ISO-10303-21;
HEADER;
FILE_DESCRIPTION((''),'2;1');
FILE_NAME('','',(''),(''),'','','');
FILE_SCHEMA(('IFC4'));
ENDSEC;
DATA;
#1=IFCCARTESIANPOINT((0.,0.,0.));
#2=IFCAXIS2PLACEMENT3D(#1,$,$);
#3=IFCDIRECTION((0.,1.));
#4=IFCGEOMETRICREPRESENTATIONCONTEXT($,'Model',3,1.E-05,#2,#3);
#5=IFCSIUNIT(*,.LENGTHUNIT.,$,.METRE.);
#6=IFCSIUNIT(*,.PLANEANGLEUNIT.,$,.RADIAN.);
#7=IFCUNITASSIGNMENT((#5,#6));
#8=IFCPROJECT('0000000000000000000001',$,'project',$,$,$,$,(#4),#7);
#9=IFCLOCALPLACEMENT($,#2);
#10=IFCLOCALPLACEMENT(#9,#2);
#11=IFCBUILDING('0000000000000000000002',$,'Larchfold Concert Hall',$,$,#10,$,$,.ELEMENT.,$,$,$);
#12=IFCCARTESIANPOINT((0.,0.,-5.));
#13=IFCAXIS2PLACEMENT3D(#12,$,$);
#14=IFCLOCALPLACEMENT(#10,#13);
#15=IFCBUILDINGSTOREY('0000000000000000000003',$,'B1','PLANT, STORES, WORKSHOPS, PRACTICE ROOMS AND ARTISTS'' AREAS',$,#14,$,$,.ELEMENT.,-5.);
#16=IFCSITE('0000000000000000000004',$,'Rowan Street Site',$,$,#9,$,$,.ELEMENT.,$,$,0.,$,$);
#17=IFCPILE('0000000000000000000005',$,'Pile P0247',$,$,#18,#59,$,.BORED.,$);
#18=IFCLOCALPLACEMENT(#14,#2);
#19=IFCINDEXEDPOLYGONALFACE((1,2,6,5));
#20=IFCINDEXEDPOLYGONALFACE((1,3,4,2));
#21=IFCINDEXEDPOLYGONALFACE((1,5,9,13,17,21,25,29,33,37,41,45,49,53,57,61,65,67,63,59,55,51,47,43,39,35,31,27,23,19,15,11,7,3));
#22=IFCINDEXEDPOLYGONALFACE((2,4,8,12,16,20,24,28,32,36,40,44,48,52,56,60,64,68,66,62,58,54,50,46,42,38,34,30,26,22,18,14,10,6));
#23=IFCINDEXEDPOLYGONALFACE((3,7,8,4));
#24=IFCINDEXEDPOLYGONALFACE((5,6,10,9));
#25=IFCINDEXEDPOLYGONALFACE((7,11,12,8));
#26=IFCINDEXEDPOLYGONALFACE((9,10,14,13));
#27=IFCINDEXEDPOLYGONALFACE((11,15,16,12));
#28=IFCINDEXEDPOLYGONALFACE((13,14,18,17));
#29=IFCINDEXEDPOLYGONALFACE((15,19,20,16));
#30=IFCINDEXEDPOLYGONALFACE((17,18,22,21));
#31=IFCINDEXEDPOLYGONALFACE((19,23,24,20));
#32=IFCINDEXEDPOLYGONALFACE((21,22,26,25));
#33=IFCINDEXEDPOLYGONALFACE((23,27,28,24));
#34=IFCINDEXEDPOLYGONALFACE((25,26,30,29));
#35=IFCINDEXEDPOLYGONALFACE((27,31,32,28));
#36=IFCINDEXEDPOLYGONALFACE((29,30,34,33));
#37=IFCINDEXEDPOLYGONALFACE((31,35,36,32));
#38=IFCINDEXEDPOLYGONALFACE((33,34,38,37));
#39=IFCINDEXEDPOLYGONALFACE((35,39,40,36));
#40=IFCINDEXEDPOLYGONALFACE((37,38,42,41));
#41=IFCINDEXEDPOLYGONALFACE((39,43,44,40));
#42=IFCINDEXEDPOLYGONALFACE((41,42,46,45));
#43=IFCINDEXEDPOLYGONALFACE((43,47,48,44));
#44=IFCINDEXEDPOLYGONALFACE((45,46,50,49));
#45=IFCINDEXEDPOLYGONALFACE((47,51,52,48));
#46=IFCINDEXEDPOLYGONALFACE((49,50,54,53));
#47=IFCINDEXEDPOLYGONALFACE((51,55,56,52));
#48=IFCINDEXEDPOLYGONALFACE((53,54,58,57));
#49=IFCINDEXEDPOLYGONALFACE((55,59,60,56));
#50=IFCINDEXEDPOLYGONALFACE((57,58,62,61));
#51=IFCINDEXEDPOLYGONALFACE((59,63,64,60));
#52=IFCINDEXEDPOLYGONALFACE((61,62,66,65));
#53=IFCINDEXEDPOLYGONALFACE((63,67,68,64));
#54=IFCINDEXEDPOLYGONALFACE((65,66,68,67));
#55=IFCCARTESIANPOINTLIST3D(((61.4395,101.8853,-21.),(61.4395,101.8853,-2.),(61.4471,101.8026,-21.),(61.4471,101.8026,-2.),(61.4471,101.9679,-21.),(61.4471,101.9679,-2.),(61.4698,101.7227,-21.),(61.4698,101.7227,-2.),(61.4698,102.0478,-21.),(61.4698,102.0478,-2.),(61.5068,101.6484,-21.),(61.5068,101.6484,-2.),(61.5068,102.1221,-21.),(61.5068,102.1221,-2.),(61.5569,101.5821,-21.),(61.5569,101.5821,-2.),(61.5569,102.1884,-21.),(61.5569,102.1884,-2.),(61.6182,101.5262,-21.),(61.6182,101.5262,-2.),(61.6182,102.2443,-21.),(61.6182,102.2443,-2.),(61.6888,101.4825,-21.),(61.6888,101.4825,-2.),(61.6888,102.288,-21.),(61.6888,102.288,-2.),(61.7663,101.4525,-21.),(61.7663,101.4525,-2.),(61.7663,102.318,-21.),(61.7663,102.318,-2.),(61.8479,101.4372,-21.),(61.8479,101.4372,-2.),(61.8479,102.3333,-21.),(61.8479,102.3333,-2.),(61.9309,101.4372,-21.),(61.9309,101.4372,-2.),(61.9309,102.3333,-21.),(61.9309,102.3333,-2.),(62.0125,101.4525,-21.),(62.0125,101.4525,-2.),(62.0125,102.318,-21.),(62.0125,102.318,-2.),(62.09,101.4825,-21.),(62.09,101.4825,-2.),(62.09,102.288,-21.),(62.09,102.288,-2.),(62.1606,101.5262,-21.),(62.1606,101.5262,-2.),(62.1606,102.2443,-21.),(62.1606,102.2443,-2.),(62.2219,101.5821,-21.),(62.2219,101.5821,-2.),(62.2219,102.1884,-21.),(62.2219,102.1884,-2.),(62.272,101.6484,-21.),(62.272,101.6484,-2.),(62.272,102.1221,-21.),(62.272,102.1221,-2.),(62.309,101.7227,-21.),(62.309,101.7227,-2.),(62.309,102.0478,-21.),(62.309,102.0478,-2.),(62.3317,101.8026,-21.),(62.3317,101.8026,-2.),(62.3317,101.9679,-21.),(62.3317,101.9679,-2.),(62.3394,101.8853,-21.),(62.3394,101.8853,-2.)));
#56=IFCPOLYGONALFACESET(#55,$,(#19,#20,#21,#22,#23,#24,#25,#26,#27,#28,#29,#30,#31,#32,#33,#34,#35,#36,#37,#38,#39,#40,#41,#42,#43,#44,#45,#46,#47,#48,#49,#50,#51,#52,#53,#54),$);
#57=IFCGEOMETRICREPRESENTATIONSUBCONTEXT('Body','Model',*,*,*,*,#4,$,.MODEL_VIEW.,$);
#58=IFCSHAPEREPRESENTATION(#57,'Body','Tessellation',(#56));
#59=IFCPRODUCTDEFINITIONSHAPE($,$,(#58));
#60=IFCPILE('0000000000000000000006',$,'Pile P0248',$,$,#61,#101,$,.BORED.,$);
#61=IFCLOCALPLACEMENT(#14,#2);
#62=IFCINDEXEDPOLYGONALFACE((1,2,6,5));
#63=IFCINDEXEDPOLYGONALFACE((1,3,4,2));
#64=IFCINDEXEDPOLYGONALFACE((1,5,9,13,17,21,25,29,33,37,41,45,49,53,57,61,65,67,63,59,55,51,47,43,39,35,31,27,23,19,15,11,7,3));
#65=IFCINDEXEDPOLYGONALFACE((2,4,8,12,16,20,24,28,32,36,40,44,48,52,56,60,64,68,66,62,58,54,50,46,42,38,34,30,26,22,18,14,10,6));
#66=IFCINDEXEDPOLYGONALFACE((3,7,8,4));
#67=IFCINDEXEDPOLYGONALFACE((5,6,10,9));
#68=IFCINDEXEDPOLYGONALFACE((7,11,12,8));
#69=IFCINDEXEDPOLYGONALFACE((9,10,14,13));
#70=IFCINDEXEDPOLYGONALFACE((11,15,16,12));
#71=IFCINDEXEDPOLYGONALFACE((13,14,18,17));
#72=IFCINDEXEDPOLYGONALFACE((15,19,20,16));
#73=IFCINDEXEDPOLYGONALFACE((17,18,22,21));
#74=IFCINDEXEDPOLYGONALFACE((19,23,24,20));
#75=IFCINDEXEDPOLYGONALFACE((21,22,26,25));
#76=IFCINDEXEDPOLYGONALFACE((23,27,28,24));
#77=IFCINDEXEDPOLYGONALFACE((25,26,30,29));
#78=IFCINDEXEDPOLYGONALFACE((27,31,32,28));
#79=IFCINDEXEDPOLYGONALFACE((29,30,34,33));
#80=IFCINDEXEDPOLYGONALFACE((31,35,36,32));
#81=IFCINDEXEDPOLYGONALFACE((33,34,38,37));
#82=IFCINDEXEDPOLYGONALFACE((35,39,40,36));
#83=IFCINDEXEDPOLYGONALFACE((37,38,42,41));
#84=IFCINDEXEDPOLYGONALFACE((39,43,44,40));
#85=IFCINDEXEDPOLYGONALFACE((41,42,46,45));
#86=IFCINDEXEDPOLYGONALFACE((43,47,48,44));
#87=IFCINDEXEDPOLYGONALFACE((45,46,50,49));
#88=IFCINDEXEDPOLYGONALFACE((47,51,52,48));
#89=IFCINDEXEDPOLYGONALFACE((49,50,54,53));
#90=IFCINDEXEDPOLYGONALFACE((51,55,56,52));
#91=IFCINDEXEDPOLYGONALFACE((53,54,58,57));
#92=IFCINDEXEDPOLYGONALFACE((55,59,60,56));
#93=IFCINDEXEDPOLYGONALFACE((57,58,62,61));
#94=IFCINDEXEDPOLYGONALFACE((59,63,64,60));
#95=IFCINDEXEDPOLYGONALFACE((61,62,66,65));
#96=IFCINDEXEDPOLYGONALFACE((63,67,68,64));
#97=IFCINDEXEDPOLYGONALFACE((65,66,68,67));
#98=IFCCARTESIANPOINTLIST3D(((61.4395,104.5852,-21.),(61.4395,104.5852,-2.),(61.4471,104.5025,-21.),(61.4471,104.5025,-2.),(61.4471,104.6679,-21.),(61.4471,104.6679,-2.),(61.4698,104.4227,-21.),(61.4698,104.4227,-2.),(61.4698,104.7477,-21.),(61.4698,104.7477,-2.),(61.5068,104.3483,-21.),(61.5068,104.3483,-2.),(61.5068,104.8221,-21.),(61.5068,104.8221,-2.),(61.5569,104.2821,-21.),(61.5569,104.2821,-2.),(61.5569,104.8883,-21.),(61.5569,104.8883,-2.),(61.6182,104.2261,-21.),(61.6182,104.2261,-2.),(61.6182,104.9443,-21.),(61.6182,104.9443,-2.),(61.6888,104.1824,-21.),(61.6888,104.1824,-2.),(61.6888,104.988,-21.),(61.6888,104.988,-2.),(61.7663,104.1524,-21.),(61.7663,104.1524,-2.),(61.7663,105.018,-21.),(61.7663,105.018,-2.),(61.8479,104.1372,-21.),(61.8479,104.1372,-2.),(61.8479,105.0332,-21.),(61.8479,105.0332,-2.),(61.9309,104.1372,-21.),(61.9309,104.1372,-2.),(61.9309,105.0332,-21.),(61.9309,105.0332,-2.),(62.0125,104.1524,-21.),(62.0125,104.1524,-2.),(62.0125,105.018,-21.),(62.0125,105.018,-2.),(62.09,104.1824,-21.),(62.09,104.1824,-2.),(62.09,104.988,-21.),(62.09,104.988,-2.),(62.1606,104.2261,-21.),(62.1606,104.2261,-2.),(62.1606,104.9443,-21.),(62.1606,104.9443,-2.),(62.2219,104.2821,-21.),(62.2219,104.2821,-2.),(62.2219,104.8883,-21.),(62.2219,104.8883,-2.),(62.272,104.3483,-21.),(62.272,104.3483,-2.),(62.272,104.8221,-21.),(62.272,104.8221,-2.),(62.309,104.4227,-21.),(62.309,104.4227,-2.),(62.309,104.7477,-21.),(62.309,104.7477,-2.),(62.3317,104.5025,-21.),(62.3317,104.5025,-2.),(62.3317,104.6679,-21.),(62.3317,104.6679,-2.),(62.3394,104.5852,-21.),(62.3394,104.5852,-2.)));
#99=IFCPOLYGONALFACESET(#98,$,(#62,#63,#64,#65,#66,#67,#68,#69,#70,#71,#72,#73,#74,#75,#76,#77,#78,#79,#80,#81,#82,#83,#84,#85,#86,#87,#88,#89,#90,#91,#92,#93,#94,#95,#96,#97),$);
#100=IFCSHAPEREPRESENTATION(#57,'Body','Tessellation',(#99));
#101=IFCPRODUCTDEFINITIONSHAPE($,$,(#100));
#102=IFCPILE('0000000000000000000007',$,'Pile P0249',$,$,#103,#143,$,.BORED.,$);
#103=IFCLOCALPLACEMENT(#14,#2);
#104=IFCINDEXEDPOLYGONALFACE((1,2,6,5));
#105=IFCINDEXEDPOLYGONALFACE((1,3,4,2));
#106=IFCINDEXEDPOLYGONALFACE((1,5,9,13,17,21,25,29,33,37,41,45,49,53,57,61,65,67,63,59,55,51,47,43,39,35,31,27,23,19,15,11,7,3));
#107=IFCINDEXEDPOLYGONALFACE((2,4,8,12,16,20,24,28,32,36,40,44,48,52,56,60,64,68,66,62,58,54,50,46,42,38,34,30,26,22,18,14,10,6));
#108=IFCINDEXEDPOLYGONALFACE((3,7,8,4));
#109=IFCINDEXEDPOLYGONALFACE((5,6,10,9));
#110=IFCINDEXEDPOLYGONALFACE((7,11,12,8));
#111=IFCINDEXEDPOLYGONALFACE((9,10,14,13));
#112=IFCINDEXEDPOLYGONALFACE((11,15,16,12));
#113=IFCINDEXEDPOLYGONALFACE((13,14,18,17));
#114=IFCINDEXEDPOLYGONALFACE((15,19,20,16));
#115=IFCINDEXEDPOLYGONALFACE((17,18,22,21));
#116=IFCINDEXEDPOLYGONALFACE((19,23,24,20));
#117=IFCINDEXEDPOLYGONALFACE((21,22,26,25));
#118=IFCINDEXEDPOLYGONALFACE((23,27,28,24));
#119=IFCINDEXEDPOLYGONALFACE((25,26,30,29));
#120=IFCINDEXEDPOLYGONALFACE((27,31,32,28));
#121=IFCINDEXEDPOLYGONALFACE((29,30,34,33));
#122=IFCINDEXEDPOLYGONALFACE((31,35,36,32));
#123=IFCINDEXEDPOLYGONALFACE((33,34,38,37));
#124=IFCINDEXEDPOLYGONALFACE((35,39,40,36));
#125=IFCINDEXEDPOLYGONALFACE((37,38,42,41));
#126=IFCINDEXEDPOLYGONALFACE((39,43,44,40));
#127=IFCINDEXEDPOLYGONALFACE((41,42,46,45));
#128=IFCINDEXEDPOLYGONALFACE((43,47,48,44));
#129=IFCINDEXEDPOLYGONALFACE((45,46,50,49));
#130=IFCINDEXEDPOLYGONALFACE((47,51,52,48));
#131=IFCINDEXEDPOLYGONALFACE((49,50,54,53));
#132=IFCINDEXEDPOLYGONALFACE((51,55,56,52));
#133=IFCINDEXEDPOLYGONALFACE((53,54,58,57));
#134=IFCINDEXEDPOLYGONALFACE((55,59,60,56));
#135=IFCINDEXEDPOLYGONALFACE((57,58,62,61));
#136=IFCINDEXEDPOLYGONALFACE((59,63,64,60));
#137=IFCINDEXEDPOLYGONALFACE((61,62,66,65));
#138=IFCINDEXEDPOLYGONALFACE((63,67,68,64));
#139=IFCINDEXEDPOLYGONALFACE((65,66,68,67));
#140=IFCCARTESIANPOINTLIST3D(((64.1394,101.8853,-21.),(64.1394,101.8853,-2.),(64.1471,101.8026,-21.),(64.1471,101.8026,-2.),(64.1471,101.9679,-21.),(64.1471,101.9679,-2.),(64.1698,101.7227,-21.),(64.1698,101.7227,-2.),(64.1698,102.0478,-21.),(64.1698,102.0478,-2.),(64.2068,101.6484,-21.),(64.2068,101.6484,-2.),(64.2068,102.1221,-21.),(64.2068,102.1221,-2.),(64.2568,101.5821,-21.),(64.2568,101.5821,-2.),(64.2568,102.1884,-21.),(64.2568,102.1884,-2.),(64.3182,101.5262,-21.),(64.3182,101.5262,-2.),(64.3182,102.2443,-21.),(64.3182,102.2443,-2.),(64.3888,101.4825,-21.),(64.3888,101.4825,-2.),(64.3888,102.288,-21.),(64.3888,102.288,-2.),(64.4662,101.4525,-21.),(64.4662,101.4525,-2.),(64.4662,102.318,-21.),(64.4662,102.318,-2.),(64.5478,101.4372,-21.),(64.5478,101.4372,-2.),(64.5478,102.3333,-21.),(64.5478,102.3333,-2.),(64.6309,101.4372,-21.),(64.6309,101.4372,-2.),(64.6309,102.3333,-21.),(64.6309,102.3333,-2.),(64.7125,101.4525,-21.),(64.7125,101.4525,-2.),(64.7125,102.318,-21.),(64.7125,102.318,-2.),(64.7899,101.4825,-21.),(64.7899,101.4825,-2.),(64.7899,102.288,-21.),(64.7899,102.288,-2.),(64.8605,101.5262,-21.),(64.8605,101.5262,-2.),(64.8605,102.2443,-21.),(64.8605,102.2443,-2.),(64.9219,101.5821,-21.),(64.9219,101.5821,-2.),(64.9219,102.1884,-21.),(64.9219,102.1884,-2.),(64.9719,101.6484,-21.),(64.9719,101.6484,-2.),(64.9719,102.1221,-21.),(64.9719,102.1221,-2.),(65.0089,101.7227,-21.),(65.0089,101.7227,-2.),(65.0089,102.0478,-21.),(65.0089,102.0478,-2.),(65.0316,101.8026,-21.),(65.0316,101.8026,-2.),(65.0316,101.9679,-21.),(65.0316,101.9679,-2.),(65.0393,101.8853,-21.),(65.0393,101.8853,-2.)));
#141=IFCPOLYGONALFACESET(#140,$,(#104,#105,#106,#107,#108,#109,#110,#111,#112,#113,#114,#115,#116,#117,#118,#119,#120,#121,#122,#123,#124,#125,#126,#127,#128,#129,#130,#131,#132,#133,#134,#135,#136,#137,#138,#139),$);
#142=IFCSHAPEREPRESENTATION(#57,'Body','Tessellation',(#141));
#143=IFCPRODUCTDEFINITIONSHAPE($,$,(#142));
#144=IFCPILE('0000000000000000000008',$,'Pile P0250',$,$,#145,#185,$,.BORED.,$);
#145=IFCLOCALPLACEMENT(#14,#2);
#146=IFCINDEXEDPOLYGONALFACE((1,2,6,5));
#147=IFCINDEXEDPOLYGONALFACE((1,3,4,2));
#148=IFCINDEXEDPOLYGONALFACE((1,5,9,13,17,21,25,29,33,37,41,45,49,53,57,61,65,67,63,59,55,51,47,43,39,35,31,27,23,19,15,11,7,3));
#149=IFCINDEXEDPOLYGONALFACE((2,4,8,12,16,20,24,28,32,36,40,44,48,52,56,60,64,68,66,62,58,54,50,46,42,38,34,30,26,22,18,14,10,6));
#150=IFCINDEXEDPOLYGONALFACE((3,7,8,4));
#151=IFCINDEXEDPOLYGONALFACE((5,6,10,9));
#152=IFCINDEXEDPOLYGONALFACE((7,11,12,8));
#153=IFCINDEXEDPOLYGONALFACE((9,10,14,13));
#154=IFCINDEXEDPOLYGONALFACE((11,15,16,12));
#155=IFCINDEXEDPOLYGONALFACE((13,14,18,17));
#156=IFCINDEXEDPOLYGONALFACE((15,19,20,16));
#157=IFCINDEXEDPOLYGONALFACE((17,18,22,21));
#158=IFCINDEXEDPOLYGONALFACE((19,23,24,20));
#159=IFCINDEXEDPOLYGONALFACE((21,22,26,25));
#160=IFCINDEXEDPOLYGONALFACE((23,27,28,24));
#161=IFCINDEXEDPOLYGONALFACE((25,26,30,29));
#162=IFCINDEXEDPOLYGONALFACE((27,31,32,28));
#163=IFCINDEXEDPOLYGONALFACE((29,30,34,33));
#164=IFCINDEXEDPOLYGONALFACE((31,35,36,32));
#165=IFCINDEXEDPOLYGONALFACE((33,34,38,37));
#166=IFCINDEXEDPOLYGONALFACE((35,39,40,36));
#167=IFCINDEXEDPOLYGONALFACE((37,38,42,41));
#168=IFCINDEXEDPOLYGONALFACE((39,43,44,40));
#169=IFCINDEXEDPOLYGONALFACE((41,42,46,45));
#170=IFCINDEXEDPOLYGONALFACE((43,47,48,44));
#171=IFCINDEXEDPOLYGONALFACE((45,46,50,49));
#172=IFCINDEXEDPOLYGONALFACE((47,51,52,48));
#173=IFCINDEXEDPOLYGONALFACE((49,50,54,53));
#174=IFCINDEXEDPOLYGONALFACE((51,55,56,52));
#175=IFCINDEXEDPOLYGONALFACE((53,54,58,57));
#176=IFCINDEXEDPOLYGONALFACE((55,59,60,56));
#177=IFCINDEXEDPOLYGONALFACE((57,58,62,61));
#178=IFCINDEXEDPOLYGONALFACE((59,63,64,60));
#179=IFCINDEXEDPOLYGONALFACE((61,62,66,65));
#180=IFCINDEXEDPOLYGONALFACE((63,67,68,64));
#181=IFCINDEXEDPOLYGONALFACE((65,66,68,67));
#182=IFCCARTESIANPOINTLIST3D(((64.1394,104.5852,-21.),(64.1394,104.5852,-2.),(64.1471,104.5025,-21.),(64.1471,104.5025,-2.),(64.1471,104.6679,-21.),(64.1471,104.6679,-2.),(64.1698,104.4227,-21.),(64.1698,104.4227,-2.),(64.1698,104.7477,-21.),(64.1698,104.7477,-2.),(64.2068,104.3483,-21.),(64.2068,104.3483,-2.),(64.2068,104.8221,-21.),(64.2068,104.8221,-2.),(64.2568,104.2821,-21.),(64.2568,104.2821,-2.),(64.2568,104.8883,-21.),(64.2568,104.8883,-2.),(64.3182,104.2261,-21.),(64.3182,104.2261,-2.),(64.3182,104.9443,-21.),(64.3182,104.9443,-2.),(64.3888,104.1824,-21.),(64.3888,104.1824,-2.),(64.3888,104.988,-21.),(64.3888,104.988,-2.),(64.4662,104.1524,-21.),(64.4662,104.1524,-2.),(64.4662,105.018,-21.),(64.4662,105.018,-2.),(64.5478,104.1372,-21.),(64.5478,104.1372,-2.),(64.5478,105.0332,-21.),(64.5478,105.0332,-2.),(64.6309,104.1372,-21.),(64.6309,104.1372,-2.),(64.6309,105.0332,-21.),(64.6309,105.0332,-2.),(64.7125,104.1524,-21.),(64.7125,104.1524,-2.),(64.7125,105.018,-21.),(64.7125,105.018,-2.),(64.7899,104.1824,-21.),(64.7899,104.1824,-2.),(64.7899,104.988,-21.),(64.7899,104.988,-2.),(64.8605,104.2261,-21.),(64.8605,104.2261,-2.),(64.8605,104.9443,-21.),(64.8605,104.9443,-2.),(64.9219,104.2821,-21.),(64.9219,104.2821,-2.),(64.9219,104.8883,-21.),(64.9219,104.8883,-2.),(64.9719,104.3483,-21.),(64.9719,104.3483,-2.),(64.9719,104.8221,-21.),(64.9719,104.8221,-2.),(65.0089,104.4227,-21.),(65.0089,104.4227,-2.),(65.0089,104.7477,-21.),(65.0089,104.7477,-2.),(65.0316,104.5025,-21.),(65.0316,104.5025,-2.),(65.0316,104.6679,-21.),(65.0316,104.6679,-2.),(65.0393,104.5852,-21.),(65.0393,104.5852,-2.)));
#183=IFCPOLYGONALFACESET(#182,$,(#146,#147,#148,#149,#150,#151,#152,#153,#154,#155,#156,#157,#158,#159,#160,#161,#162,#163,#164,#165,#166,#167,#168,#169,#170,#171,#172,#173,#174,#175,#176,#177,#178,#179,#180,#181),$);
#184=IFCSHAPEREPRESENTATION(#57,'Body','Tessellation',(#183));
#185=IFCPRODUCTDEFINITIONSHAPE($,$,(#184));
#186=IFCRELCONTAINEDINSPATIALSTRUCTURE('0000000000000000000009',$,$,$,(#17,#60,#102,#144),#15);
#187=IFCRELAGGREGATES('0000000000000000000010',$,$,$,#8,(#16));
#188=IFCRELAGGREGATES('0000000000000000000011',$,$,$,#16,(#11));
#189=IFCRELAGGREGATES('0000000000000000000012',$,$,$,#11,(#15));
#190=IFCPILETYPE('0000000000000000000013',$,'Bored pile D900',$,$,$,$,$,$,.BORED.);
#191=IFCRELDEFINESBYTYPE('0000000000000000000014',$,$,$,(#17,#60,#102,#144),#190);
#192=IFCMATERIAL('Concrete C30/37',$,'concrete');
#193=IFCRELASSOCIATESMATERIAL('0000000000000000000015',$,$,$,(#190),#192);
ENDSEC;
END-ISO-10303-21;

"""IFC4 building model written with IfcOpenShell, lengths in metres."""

from ifc_helpers import new_model, si_unit, direction, frame, origin, origin_2d, place, context, subcontext, project, spatial, circle, extrude, material, material_profile, profile_set, type_object, element, save


model = new_model("IFC4")

# Units and contexts
model_context = context("Model", 3, precision=1e-05, world=origin(), true_north=direction((0.0, 1.0)))
body_context = subcontext(model_context, "Body", "Model", "MODEL_VIEW")
ifc_project = project(units=[si_unit("LENGTHUNIT", "METRE"), si_unit("PLANEANGLEUNIT", "RADIAN")], contexts=[model_context])

# Site, building, storey
site_placement = place(None, origin())
site = spatial("IfcSite", under=ifc_project, at=site_placement, Name="Rowan Street Site", CompositionType="ELEMENT", RefElevation=0.0)
building_placement = place(site_placement, origin())
building = spatial("IfcBuilding", under=site, at=building_placement, Name="Larchfold Concert Hall", CompositionType="ELEMENT")
storey_placement = place(building_placement, frame((0.0, 0.0, -5.0)))
storey = spatial("IfcBuildingStorey", under=building, at=storey_placement, Name="B1", Description="PLANT, STORES, WORKSHOPS, PRACTICE ROOMS AND ARTISTS' AREAS", CompositionType="ELEMENT", Elevation=-5.0)

# Piles
ifc_material_1 = material(Name="Concrete C30/37", Category="concrete")
ifc_material_profile_1 = material_profile(ifc_material_1, circle(Radius=0.45, at=origin_2d()))
ifc_profile_set_1 = profile_set([ifc_material_profile_1], Name="Concrete C30/37")
pile_type_1 = type_object("IfcPileType", Name="Bored pile D900", PredefinedType="BORED", material=ifc_profile_set_1)
for number, where, z_axis, x_axis, name in (
    (1, (61.8894, 101.8853, -2.0), (0.0, 0.0, -1.0), (1.0, 0.0, 0.0), "Pile P0247"),
    (2, (61.8894, 104.5852, -2.0), (0.0, 0.0, -1.0), (1.0, 0.0, 0.0), "Pile P0248"),
    (3, (64.5894, 101.8853, -2.0), (0.0, 0.0, -1.0), (1.0, 0.0, 0.0), "Pile P0249"),
    (4, (64.5894, 104.5852, -2.0), (0.0, 0.0, -1.0), (1.0, 0.0, 0.0), "Pile P0250"),
):
    element("IfcPile", number, at=place(storey_placement, frame(where, z_axis=z_axis, x_axis=x_axis)), inside=storey, type_object=pile_type_1, Name=name, PredefinedType="BORED", context=body_context, shape_type="SweptSolid", body=[
        extrude(circle(Radius=0.45, at=origin_2d()), origin(), (0.0, 0.0, 1.0), 19.0),
    ])

save(model, "model.ifc")
